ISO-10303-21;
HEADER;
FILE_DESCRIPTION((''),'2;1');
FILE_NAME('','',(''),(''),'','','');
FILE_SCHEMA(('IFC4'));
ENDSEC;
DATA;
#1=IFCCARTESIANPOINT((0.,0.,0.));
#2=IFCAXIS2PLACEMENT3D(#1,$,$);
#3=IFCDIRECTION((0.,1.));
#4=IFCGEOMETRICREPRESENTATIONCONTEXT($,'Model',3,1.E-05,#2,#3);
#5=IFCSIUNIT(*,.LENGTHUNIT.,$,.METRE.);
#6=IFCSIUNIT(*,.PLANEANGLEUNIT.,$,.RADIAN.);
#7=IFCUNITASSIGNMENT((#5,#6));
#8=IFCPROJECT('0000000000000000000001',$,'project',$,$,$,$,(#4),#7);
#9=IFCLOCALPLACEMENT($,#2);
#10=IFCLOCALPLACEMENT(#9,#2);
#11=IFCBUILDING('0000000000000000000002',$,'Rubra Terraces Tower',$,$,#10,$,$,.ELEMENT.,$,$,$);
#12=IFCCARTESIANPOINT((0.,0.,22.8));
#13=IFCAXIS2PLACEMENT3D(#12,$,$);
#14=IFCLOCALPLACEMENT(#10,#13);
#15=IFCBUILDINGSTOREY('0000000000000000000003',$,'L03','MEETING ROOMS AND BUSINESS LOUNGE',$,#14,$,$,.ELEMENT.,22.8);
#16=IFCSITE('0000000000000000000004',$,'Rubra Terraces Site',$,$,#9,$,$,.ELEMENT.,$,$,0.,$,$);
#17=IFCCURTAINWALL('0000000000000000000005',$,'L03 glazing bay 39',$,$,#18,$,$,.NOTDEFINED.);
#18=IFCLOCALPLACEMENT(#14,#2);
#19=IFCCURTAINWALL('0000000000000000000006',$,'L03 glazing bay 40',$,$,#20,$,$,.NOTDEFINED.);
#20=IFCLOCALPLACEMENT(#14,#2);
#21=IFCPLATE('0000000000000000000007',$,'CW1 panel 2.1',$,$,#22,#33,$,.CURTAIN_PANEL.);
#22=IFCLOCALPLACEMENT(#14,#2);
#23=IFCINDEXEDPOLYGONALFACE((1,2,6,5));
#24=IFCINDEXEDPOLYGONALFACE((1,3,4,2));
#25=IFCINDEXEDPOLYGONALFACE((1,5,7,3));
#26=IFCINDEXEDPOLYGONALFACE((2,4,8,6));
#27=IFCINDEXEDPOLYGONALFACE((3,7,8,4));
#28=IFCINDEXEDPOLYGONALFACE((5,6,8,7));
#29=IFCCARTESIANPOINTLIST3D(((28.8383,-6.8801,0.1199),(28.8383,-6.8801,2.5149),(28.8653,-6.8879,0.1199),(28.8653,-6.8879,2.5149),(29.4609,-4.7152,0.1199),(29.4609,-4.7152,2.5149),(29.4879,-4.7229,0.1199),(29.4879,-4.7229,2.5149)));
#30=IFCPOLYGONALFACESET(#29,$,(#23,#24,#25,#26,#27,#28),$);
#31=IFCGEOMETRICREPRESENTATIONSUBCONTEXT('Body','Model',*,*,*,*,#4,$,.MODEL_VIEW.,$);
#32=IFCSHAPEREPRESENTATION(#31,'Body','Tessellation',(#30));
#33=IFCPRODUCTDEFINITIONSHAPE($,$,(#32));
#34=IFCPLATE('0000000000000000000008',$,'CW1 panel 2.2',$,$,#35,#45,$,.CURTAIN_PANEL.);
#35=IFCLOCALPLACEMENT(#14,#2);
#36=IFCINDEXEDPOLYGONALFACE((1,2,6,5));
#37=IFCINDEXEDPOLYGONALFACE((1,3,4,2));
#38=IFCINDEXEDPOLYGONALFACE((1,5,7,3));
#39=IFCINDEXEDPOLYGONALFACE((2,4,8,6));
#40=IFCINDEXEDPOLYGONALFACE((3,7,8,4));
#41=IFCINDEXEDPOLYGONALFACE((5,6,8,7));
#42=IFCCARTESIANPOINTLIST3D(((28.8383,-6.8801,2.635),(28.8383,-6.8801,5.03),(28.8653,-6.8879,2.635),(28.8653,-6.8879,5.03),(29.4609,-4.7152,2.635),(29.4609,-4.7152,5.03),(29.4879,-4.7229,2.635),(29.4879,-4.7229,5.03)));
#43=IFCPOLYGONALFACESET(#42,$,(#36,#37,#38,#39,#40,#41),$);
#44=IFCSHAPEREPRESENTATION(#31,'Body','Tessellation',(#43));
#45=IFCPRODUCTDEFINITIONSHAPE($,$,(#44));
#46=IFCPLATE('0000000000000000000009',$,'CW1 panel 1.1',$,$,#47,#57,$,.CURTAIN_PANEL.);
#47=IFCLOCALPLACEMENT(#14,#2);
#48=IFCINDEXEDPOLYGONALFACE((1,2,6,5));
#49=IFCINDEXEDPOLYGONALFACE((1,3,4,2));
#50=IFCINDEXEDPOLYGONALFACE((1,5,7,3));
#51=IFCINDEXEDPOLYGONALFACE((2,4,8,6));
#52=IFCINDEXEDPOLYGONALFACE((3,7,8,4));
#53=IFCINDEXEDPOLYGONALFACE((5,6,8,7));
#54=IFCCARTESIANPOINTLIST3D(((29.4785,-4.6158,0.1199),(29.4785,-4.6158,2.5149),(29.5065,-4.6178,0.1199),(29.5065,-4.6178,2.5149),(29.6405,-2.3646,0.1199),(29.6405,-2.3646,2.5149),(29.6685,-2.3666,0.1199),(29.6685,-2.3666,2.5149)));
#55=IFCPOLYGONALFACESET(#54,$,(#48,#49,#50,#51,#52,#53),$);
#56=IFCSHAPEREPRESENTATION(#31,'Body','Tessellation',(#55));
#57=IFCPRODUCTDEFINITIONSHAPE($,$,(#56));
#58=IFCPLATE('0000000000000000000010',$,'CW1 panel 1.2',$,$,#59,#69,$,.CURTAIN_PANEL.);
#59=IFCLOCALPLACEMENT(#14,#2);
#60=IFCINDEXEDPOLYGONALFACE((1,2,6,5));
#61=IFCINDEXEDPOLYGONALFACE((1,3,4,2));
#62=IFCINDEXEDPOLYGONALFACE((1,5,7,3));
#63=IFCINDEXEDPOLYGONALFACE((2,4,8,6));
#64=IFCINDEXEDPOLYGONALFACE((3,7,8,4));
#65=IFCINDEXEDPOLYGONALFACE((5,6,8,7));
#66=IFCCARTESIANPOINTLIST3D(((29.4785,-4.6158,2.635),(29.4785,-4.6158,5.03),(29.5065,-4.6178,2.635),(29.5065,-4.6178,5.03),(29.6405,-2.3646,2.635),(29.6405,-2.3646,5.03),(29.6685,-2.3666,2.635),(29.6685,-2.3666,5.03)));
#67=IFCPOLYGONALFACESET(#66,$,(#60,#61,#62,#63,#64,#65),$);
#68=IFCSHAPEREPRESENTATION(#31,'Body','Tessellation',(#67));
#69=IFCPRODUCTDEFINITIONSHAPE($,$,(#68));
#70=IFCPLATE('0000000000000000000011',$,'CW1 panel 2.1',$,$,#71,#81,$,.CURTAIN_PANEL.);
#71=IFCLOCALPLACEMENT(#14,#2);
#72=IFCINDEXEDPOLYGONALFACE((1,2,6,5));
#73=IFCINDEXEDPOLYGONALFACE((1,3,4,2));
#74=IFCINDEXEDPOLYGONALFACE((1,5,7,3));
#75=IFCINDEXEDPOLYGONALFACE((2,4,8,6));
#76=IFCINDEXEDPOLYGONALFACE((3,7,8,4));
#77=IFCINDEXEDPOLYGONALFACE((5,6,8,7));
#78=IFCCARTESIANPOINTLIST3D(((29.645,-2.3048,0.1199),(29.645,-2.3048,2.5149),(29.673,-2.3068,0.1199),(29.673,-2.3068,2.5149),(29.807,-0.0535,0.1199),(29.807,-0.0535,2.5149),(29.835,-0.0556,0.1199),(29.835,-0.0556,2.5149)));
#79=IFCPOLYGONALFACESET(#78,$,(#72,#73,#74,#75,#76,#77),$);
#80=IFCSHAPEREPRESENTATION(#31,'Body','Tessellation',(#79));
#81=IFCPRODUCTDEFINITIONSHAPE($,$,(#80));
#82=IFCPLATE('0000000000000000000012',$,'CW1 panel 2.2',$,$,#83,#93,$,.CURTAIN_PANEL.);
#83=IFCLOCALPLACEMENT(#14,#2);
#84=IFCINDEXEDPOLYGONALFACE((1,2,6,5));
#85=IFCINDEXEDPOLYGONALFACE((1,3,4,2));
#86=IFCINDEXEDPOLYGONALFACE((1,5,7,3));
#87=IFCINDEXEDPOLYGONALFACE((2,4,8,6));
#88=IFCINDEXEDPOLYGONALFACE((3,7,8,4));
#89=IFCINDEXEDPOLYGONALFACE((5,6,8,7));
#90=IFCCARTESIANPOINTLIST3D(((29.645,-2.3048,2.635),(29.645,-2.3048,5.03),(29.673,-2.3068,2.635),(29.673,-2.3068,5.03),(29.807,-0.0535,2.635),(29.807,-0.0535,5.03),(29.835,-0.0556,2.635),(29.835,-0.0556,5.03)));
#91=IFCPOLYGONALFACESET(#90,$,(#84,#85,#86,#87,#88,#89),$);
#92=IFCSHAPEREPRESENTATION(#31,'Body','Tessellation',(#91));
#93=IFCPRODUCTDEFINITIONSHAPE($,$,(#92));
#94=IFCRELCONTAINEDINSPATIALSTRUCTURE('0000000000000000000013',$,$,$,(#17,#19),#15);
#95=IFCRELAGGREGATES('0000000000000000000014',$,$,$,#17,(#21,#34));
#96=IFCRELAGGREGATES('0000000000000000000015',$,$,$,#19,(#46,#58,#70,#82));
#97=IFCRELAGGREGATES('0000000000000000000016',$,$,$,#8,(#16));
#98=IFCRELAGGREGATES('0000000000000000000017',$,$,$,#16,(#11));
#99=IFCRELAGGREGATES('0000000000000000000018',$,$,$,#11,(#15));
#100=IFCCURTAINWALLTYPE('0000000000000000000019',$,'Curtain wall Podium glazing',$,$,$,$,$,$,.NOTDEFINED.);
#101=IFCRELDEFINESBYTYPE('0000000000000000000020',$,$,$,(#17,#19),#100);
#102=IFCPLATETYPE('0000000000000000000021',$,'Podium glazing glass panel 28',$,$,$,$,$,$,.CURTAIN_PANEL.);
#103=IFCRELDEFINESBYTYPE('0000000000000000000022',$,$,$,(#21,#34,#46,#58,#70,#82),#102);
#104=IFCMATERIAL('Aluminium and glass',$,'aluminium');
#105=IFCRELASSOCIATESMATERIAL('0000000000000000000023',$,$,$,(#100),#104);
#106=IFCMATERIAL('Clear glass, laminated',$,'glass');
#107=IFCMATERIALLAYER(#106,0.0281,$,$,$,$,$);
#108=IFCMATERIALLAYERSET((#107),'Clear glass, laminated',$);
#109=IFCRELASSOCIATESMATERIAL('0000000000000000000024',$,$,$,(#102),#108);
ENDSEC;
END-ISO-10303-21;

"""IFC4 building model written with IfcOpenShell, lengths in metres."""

from ifc_helpers import new_model, si_unit, direction, frame, origin, origin_2d, place, context, subcontext, project, spatial, rectangle, extrude, material, layer, layer_set, type_object, element, aggregate, save


model = new_model("IFC4")

# Units and contexts
model_context = context("Model", 3, precision=1e-05, world=origin(), true_north=direction((0.0, 1.0)))
body_context = subcontext(model_context, "Body", "Model", "MODEL_VIEW")
ifc_project = project(units=[si_unit("LENGTHUNIT", "METRE"), si_unit("PLANEANGLEUNIT", "RADIAN")], contexts=[model_context])

# Site, building, storey
site_placement = place(None, origin())
site = spatial("IfcSite", under=ifc_project, at=site_placement, Name="Rubra Terraces Site", CompositionType="ELEMENT", RefElevation=0.0)
building_placement = place(site_placement, origin())
building = spatial("IfcBuilding", under=site, at=building_placement, Name="Rubra Terraces Tower", CompositionType="ELEMENT")
storey_placement = place(building_placement, frame((0.0, 0.0, 22.8)))
storey = spatial("IfcBuildingStorey", under=building, at=storey_placement, Name="L03", Description="MEETING ROOMS AND BUSINESS LOUNGE", CompositionType="ELEMENT", Elevation=22.8)

# Curtain wall
ifc_material_1 = material(Name="Aluminium and glass", Category="aluminium")
curtain_wall_type = type_object("IfcCurtainWallType", Name="Curtain wall Podium glazing", PredefinedType="NOTDEFINED", material=ifc_material_1)
curtain_wall_1_placement = place(storey_placement, origin())
curtain_wall_1 = element("IfcCurtainWall", 1, at=curtain_wall_1_placement, inside=storey, type_object=curtain_wall_type, Name="L03 glazing bay 39", PredefinedType="NOTDEFINED")

# Curtain wall
curtain_wall_2_placement = place(storey_placement, origin())
curtain_wall_2 = element("IfcCurtainWall", 2, at=curtain_wall_2_placement, inside=storey, type_object=curtain_wall_type, Name="L03 glazing bay 40", PredefinedType="NOTDEFINED")

# Plates
ifc_material_2 = material(Name="Clear glass, laminated", Category="glass")
ifc_layer = layer(ifc_material_2, 0.0281)
ifc_layer_set = layer_set([ifc_layer], Name="Clear glass, laminated")
plate_type = type_object("IfcPlateType", Name="Podium glazing glass panel 28", PredefinedType="CURTAIN_PANEL", material=ifc_layer_set)
plate_1_placement = place(storey_placement, frame((29.1631, -5.8015, 0.1199), z_axis=(0.0, 0.0, 1.0), x_axis=(0.276384, 0.961047, 0.0)))
plate_1 = element("IfcPlate", 3, at=plate_1_placement, type_object=plate_type, Name="CW1 panel 2.1", PredefinedType="CURTAIN_PANEL", context=body_context, shape_type="SweptSolid", body=[
    extrude(rectangle(XDim=2.2527, YDim=0.0281, at=origin_2d()), origin(), (0.0, 0.0, 1.0), 2.395),
])
plate_2_placement = place(storey_placement, frame((29.1631, -5.8015, 2.635), z_axis=(0.0, 0.0, 1.0), x_axis=(0.276384, 0.961047, 0.0)))
plate_2 = element("IfcPlate", 4, at=plate_2_placement, type_object=plate_type, Name="CW1 panel 2.2", PredefinedType="CURTAIN_PANEL", context=body_context, shape_type="SweptSolid", body=[
    extrude(rectangle(XDim=2.2527, YDim=0.0281, at=origin_2d()), origin(), (0.0, 0.0, 1.0), 2.395),
])
aggregate(curtain_wall_1, [plate_1, plate_2])
plate_3_placement = place(storey_placement, frame((29.5735, -3.4912, 0.1199), z_axis=(0.0, 0.0, 1.0), x_axis=(0.071792, 0.99742, 0.0)))
plate_3 = element("IfcPlate", 5, at=plate_3_placement, type_object=plate_type, Name="CW1 panel 1.1", PredefinedType="CURTAIN_PANEL", context=body_context, shape_type="SweptSolid", body=[
    extrude(rectangle(XDim=2.2571, YDim=0.0281, at=origin_2d()), origin(), (0.0, 0.0, 1.0), 2.395),
])
plate_4_placement = place(storey_placement, frame((29.5735, -3.4912, 2.635), z_axis=(0.0, 0.0, 1.0), x_axis=(0.071792, 0.99742, 0.0)))
plate_4 = element("IfcPlate", 6, at=plate_4_placement, type_object=plate_type, Name="CW1 panel 1.2", PredefinedType="CURTAIN_PANEL", context=body_context, shape_type="SweptSolid", body=[
    extrude(rectangle(XDim=2.2571, YDim=0.0281, at=origin_2d()), origin(), (0.0, 0.0, 1.0), 2.395),
])
plate_5_placement = place(storey_placement, frame((29.74, -1.1802, 0.1199), z_axis=(0.0, 0.0, 1.0), x_axis=(0.071792, 0.99742, 0.0)))
plate_5 = element("IfcPlate", 7, at=plate_5_placement, type_object=plate_type, Name="CW1 panel 2.1", PredefinedType="CURTAIN_PANEL", context=body_context, shape_type="SweptSolid", body=[
    extrude(rectangle(XDim=2.2571, YDim=0.0281, at=origin_2d()), origin(), (0.0, 0.0, 1.0), 2.395),
])
plate_6_placement = place(storey_placement, frame((29.74, -1.1802, 2.635), z_axis=(0.0, 0.0, 1.0), x_axis=(0.071792, 0.99742, 0.0)))
plate_6 = element("IfcPlate", 8, at=plate_6_placement, type_object=plate_type, Name="CW1 panel 2.2", PredefinedType="CURTAIN_PANEL", context=body_context, shape_type="SweptSolid", body=[
    extrude(rectangle(XDim=2.2571, YDim=0.0281, at=origin_2d()), origin(), (0.0, 0.0, 1.0), 2.395),
])
aggregate(curtain_wall_2, [plate_3, plate_4, plate_5, plate_6])

save(model, "model.ifc")
